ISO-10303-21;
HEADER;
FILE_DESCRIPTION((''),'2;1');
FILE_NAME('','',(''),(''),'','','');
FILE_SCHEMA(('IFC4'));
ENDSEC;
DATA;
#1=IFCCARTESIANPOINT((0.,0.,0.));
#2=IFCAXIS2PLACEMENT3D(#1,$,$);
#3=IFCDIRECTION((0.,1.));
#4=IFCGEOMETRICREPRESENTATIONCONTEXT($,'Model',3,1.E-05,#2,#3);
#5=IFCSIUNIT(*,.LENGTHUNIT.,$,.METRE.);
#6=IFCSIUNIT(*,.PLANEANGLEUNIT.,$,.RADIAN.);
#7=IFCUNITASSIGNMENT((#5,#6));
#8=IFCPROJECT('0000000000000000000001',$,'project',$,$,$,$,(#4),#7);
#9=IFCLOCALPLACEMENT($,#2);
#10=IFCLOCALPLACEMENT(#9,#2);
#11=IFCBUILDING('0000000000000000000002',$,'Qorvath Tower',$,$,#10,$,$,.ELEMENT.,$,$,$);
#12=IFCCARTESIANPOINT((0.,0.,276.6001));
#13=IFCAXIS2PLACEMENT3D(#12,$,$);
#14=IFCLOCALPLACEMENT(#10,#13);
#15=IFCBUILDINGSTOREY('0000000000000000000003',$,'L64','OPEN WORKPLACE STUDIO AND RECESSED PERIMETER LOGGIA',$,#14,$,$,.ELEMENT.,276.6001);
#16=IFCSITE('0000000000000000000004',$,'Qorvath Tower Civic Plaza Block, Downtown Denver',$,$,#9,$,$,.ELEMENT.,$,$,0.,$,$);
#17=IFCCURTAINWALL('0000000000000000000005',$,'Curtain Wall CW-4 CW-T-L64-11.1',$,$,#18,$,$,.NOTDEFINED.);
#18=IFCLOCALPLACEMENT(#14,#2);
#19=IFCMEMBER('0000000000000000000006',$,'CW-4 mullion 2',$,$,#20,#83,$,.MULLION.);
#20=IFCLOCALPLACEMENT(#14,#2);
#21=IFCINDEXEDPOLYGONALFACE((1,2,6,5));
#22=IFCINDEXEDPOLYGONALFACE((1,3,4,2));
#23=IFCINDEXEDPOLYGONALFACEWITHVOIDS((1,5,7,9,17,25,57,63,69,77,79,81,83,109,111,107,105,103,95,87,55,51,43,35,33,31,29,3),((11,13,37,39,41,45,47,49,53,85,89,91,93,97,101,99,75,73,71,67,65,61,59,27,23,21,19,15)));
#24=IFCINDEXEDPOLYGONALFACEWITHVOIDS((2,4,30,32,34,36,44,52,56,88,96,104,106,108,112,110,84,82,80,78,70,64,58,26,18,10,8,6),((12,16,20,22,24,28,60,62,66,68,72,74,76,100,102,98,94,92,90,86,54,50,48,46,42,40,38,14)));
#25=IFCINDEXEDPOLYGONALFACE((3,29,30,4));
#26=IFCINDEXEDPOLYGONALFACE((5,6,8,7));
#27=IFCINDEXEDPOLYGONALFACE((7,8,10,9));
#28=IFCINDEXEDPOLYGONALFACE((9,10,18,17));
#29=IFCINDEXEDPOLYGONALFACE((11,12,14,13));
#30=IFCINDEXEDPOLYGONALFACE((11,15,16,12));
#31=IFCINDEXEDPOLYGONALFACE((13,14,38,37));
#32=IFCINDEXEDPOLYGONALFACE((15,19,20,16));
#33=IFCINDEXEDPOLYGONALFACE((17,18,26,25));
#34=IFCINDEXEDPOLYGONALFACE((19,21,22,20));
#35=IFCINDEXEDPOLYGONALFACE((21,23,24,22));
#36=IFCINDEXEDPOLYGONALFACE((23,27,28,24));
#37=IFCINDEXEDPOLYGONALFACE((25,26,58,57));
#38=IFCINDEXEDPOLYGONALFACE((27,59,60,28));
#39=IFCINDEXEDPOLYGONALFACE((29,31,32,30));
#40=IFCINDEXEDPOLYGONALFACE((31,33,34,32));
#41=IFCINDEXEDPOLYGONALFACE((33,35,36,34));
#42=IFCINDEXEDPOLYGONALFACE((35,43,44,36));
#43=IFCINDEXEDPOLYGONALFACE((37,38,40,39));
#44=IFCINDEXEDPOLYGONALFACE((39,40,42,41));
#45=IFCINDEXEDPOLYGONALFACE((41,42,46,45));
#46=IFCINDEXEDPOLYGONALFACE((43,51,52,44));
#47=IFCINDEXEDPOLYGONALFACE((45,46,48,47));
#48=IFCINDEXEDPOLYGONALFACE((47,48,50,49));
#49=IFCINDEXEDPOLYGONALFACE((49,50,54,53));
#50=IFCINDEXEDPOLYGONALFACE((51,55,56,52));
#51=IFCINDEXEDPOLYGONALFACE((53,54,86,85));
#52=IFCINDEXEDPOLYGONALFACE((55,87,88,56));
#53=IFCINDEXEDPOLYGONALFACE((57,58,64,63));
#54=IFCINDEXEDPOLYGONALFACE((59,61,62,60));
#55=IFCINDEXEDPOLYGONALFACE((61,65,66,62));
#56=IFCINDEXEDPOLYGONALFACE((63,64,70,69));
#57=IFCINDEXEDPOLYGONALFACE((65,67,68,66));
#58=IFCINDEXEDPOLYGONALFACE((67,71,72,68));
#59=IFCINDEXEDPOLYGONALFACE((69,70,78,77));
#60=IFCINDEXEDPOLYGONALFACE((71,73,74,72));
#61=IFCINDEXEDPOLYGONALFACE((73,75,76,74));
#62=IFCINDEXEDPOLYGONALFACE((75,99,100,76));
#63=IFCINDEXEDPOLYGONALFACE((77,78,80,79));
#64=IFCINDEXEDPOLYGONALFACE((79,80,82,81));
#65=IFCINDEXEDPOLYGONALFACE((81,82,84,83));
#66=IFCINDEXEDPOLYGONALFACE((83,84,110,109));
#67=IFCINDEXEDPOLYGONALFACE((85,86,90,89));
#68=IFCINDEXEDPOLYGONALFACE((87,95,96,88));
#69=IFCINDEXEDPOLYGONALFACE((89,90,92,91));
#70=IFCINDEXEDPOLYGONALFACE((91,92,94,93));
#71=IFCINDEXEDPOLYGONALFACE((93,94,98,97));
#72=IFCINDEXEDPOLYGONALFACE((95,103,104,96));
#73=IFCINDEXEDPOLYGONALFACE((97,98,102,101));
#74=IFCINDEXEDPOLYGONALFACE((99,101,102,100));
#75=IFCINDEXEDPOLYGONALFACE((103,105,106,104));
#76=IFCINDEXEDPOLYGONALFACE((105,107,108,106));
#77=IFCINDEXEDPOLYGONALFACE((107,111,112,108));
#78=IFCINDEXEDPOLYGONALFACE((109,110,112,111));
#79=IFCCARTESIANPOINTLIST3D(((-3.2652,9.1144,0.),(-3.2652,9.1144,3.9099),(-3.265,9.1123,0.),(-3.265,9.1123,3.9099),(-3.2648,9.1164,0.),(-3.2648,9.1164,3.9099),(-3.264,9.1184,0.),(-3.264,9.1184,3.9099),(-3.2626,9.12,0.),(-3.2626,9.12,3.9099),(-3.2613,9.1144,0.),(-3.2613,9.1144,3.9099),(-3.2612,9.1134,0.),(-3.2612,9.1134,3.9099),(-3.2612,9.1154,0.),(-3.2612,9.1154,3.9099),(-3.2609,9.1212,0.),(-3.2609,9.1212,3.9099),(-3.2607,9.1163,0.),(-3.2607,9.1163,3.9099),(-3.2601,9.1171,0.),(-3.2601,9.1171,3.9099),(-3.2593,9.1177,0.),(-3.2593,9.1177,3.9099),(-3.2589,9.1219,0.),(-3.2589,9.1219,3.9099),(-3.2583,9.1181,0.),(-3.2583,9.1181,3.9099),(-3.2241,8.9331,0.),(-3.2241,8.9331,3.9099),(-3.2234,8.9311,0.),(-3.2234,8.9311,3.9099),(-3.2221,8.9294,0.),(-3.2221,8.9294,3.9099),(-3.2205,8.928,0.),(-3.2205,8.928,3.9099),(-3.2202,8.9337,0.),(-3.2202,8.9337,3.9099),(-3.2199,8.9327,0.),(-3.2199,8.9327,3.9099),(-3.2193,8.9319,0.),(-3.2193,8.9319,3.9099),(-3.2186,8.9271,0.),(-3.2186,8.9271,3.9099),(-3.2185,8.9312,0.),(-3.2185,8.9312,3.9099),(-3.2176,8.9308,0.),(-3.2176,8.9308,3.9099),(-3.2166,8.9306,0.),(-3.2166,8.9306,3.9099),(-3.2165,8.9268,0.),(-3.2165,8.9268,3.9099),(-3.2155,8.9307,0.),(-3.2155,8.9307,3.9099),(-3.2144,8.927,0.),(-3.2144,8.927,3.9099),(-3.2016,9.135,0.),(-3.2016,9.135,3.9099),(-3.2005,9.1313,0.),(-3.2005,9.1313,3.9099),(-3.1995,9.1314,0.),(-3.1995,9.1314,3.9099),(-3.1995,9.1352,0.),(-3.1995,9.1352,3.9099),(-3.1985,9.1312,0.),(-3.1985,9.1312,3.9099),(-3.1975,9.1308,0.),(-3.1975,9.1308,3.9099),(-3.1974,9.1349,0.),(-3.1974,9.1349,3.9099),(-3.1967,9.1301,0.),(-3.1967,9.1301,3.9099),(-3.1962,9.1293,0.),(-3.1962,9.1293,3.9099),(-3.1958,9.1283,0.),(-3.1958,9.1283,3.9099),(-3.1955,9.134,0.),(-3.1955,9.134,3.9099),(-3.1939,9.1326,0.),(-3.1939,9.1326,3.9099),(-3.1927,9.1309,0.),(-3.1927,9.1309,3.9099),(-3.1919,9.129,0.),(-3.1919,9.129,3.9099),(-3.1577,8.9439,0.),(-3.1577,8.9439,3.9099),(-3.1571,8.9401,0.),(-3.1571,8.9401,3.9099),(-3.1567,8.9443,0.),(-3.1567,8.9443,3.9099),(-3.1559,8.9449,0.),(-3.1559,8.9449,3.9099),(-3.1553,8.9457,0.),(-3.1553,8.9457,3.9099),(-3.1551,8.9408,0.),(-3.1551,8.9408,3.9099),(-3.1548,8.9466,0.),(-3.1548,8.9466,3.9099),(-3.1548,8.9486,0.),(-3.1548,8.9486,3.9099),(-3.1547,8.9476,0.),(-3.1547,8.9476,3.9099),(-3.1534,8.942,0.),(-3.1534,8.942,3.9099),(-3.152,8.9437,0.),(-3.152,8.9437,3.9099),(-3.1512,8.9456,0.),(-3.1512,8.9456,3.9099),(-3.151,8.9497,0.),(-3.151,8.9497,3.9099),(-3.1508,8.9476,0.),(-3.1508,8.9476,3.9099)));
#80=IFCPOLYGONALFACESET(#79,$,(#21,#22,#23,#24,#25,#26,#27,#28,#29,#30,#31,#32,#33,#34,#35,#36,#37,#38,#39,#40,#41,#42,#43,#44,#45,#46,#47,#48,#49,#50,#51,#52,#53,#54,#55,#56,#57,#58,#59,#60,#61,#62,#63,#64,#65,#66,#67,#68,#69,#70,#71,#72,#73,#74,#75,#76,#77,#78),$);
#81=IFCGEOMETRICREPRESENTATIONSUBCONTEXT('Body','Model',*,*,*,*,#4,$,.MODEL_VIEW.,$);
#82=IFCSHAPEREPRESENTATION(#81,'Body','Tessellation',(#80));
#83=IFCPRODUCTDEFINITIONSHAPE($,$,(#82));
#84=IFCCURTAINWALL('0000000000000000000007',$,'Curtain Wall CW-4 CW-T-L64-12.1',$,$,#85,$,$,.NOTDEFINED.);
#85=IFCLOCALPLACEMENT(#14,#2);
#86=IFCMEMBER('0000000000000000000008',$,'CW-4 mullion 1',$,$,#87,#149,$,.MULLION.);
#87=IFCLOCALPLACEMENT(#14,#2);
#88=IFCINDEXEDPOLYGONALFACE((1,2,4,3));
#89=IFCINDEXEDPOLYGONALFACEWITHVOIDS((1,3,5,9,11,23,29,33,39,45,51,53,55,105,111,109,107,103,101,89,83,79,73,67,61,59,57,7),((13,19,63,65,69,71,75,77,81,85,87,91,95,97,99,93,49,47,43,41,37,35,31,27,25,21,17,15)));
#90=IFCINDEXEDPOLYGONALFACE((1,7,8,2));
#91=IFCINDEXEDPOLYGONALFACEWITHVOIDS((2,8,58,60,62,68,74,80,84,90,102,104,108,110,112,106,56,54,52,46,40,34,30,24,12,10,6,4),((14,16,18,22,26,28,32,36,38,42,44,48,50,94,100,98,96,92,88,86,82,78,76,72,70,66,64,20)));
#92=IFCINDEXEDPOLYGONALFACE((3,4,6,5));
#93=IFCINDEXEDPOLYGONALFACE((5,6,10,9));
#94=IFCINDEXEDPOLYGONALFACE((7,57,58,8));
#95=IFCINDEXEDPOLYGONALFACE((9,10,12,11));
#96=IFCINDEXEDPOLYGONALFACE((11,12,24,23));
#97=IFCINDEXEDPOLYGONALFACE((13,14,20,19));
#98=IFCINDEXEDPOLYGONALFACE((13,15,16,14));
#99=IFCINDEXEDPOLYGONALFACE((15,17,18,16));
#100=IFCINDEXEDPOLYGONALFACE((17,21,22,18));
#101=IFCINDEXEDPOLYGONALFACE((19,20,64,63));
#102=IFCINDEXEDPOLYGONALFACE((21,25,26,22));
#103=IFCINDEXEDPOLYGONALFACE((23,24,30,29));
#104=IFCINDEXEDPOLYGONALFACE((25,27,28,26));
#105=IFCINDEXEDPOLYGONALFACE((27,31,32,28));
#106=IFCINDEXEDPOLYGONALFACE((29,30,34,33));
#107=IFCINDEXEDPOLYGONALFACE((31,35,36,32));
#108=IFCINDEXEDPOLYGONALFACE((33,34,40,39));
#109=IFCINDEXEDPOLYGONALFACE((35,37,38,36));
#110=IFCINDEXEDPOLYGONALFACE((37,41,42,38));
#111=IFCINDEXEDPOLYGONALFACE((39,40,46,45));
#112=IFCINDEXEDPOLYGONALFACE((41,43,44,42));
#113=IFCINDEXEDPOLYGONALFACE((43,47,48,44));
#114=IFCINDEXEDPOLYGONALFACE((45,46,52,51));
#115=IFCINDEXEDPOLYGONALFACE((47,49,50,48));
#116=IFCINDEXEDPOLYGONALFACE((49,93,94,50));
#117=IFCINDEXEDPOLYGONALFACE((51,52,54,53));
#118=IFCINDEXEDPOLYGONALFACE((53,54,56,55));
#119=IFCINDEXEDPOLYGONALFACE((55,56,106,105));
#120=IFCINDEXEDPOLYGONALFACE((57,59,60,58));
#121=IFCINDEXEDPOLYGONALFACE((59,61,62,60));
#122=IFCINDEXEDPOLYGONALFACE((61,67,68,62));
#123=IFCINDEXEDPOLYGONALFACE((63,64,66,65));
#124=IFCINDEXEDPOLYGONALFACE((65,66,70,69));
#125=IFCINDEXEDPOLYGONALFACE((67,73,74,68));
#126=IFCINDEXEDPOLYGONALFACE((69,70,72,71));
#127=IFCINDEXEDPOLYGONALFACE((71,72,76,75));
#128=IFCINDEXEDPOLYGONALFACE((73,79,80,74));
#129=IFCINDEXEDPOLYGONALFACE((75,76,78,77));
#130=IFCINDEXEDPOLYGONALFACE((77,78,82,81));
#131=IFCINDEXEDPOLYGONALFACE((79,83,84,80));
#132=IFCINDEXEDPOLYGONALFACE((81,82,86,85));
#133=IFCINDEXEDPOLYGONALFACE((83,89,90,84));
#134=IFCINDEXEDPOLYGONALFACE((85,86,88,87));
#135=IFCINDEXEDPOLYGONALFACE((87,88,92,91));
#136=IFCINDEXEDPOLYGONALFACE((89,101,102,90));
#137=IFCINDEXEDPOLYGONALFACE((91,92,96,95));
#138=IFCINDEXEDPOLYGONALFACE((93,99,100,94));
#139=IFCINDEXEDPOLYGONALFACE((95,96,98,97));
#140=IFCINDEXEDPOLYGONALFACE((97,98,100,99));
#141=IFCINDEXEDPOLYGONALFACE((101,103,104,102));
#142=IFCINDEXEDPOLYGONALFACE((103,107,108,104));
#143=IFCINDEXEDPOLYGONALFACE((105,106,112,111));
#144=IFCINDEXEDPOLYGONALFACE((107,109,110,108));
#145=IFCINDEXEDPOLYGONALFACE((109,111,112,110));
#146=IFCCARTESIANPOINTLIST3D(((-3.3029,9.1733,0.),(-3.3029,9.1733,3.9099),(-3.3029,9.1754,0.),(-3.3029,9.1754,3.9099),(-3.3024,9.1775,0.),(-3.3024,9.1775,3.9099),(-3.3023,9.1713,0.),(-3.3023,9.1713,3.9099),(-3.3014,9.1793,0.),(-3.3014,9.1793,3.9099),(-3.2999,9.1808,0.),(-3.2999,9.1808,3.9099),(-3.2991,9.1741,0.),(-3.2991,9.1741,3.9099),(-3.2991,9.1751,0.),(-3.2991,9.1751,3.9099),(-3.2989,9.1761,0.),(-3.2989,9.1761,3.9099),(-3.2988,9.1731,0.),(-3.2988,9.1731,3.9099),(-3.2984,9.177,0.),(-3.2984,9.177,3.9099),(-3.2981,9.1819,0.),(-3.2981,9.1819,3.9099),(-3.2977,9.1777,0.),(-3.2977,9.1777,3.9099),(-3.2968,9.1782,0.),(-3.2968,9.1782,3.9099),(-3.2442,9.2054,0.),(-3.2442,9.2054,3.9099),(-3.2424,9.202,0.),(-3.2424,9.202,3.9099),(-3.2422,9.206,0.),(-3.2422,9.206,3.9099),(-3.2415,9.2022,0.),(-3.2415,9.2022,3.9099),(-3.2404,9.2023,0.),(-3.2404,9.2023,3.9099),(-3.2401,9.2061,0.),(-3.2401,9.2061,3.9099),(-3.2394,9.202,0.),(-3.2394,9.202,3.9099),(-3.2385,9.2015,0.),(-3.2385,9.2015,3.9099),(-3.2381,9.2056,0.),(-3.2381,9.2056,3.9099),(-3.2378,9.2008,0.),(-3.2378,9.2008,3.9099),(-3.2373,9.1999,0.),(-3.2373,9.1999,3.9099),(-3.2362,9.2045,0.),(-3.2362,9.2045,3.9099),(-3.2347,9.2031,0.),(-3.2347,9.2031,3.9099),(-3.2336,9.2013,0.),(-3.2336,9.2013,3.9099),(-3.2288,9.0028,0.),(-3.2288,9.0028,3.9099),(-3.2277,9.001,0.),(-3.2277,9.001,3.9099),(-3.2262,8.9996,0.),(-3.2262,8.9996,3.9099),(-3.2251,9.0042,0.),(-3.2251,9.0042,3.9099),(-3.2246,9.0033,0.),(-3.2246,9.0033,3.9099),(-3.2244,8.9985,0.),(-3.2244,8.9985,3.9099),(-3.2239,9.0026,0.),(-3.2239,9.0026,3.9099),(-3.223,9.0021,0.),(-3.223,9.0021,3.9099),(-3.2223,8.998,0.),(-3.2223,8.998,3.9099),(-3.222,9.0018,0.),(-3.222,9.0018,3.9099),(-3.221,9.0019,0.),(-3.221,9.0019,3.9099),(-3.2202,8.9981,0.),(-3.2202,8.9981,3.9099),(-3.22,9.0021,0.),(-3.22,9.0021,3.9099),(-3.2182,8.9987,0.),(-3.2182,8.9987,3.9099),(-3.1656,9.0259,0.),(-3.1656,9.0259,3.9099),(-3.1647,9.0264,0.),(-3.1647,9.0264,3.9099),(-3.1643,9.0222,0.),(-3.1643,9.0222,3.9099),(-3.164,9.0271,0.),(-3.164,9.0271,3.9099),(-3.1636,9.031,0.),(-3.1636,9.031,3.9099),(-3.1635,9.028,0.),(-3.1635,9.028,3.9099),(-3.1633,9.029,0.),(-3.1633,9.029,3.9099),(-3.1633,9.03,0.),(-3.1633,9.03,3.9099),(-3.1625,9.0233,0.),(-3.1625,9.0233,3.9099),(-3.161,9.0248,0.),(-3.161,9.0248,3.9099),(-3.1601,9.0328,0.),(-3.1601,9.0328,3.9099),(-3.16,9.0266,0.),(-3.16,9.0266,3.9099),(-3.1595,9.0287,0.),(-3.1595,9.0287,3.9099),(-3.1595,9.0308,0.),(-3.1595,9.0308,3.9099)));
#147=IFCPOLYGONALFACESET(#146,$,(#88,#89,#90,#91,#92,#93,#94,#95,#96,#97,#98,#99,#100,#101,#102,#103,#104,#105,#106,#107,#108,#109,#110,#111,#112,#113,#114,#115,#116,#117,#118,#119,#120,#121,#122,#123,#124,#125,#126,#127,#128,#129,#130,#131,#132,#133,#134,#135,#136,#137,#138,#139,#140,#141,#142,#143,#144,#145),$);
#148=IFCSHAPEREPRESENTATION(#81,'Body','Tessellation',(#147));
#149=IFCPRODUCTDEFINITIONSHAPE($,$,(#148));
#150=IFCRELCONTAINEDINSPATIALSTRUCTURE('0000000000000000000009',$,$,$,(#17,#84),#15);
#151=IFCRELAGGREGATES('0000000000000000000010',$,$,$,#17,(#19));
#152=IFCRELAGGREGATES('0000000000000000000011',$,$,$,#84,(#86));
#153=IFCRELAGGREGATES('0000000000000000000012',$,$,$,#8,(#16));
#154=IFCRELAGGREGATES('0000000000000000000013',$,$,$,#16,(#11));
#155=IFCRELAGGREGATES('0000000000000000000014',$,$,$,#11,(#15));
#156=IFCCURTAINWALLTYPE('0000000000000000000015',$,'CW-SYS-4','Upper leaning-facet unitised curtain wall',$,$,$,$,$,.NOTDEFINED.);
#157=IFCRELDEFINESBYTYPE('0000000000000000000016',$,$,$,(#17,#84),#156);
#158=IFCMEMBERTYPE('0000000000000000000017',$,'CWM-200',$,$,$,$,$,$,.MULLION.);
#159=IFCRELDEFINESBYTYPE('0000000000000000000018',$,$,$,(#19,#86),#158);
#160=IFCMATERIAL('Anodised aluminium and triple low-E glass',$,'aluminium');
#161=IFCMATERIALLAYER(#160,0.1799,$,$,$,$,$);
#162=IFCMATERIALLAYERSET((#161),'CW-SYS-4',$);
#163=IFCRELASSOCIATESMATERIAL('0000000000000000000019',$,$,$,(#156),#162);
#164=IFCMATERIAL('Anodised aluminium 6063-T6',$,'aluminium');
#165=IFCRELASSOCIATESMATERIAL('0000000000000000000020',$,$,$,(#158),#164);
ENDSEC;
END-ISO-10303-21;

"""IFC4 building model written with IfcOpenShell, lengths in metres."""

from ifc_helpers import new_model, si_unit, direction, frame, origin, origin_2d, place, context, subcontext, project, spatial, hollow_rectangle, extrude, material, layer, layer_set, material_profile, profile_set, type_object, element, aggregate, save


model = new_model("IFC4")

# Units and contexts
model_context = context("Model", 3, precision=1e-05, world=origin(), true_north=direction((0.0, 1.0)))
body_context = subcontext(model_context, "Body", "Model", "MODEL_VIEW")
ifc_project = project(units=[si_unit("LENGTHUNIT", "METRE"), si_unit("PLANEANGLEUNIT", "RADIAN")], contexts=[model_context])

# Site, building, storey
site_placement = place(None, origin())
site = spatial("IfcSite", under=ifc_project, at=site_placement, Name="Qorvath Tower Civic Plaza Block, Downtown Denver", CompositionType="ELEMENT", RefElevation=0.0)
building_placement = place(site_placement, origin())
building = spatial("IfcBuilding", under=site, at=building_placement, Name="Qorvath Tower", CompositionType="ELEMENT")
storey_placement = place(building_placement, frame((0.0, 0.0, 276.6001)))
storey = spatial("IfcBuildingStorey", under=building, at=storey_placement, Name="L64", Description="OPEN WORKPLACE STUDIO AND RECESSED PERIMETER LOGGIA", CompositionType="ELEMENT", Elevation=276.6001)

# Curtain wall, member
ifc_material_1 = material(Name="Anodised aluminium and triple low-E glass", Category="aluminium")
ifc_layer_1 = layer(ifc_material_1, 0.1799)
ifc_layer_set_1 = layer_set([ifc_layer_1], Name="CW-SYS-4")
curtain_wall_type = type_object("IfcCurtainWallType", Name="CW-SYS-4", Description="Upper leaning-facet unitised curtain wall", PredefinedType="NOTDEFINED", material=ifc_layer_set_1)
curtain_wall_1_placement = place(storey_placement, origin())
curtain_wall_1 = element("IfcCurtainWall", 1, at=curtain_wall_1_placement, inside=storey, type_object=curtain_wall_type, Name="Curtain Wall CW-4 CW-T-L64-11.1", PredefinedType="NOTDEFINED")
ifc_material_2 = material(Name="Anodised aluminium 6063-T6", Category="aluminium")
ifc_material_profile_1 = material_profile(ifc_material_2, hollow_rectangle(XDim=0.075, YDim=0.2, WallThickness=0.0039, InnerFilletRadius=0.0039, OuterFilletRadius=0.0081, at=origin_2d()), Name="CWM 200x75")
ifc_profile_set_1 = profile_set([ifc_material_profile_1], Name="Anodised aluminium 6063-T6")
member_type_1 = type_object("IfcMemberType", Name="CWM-200", PredefinedType="MULLION", material=ifc_profile_set_1)
member_1_placement = place(storey_placement, frame((-3.208, 9.031, 0.0), z_axis=(0.0, 0.0, 1.0), x_axis=(-0.974912, -0.222592, 0.0)))
member_1 = element("IfcMember", 2, at=member_1_placement, type_object=member_type_1, Name="CW-4 mullion 2", PredefinedType="MULLION", context=body_context, shape_type="SweptSolid", body=[
    extrude(hollow_rectangle(XDim=0.075, YDim=0.2, WallThickness=0.0039, InnerFilletRadius=0.0039, OuterFilletRadius=0.0081, at=origin_2d()), origin(), (0.0, 0.0, 1.0), 3.9099),
])
aggregate(curtain_wall_1, [member_1])

# Curtain wall, member
curtain_wall_2_placement = place(storey_placement, origin())
curtain_wall_2 = element("IfcCurtainWall", 3, at=curtain_wall_2_placement, inside=storey, type_object=curtain_wall_type, Name="Curtain Wall CW-4 CW-T-L64-12.1", PredefinedType="NOTDEFINED")
member_2_placement = place(storey_placement, frame((-3.2312, 9.1021, 0.0), z_axis=(0.0, 0.0, 1.0), x_axis=(-0.916559, -0.3999, 0.0)))
member_2 = element("IfcMember", 4, at=member_2_placement, type_object=member_type_1, Name="CW-4 mullion 1", PredefinedType="MULLION", context=body_context, shape_type="SweptSolid", body=[
    extrude(hollow_rectangle(XDim=0.075, YDim=0.2, WallThickness=0.0039, InnerFilletRadius=0.0039, OuterFilletRadius=0.0081, at=origin_2d()), origin(), (0.0, 0.0, 1.0), 3.9099),
])

aggregate(curtain_wall_2, [member_2])

save(model, "model.ifc")
